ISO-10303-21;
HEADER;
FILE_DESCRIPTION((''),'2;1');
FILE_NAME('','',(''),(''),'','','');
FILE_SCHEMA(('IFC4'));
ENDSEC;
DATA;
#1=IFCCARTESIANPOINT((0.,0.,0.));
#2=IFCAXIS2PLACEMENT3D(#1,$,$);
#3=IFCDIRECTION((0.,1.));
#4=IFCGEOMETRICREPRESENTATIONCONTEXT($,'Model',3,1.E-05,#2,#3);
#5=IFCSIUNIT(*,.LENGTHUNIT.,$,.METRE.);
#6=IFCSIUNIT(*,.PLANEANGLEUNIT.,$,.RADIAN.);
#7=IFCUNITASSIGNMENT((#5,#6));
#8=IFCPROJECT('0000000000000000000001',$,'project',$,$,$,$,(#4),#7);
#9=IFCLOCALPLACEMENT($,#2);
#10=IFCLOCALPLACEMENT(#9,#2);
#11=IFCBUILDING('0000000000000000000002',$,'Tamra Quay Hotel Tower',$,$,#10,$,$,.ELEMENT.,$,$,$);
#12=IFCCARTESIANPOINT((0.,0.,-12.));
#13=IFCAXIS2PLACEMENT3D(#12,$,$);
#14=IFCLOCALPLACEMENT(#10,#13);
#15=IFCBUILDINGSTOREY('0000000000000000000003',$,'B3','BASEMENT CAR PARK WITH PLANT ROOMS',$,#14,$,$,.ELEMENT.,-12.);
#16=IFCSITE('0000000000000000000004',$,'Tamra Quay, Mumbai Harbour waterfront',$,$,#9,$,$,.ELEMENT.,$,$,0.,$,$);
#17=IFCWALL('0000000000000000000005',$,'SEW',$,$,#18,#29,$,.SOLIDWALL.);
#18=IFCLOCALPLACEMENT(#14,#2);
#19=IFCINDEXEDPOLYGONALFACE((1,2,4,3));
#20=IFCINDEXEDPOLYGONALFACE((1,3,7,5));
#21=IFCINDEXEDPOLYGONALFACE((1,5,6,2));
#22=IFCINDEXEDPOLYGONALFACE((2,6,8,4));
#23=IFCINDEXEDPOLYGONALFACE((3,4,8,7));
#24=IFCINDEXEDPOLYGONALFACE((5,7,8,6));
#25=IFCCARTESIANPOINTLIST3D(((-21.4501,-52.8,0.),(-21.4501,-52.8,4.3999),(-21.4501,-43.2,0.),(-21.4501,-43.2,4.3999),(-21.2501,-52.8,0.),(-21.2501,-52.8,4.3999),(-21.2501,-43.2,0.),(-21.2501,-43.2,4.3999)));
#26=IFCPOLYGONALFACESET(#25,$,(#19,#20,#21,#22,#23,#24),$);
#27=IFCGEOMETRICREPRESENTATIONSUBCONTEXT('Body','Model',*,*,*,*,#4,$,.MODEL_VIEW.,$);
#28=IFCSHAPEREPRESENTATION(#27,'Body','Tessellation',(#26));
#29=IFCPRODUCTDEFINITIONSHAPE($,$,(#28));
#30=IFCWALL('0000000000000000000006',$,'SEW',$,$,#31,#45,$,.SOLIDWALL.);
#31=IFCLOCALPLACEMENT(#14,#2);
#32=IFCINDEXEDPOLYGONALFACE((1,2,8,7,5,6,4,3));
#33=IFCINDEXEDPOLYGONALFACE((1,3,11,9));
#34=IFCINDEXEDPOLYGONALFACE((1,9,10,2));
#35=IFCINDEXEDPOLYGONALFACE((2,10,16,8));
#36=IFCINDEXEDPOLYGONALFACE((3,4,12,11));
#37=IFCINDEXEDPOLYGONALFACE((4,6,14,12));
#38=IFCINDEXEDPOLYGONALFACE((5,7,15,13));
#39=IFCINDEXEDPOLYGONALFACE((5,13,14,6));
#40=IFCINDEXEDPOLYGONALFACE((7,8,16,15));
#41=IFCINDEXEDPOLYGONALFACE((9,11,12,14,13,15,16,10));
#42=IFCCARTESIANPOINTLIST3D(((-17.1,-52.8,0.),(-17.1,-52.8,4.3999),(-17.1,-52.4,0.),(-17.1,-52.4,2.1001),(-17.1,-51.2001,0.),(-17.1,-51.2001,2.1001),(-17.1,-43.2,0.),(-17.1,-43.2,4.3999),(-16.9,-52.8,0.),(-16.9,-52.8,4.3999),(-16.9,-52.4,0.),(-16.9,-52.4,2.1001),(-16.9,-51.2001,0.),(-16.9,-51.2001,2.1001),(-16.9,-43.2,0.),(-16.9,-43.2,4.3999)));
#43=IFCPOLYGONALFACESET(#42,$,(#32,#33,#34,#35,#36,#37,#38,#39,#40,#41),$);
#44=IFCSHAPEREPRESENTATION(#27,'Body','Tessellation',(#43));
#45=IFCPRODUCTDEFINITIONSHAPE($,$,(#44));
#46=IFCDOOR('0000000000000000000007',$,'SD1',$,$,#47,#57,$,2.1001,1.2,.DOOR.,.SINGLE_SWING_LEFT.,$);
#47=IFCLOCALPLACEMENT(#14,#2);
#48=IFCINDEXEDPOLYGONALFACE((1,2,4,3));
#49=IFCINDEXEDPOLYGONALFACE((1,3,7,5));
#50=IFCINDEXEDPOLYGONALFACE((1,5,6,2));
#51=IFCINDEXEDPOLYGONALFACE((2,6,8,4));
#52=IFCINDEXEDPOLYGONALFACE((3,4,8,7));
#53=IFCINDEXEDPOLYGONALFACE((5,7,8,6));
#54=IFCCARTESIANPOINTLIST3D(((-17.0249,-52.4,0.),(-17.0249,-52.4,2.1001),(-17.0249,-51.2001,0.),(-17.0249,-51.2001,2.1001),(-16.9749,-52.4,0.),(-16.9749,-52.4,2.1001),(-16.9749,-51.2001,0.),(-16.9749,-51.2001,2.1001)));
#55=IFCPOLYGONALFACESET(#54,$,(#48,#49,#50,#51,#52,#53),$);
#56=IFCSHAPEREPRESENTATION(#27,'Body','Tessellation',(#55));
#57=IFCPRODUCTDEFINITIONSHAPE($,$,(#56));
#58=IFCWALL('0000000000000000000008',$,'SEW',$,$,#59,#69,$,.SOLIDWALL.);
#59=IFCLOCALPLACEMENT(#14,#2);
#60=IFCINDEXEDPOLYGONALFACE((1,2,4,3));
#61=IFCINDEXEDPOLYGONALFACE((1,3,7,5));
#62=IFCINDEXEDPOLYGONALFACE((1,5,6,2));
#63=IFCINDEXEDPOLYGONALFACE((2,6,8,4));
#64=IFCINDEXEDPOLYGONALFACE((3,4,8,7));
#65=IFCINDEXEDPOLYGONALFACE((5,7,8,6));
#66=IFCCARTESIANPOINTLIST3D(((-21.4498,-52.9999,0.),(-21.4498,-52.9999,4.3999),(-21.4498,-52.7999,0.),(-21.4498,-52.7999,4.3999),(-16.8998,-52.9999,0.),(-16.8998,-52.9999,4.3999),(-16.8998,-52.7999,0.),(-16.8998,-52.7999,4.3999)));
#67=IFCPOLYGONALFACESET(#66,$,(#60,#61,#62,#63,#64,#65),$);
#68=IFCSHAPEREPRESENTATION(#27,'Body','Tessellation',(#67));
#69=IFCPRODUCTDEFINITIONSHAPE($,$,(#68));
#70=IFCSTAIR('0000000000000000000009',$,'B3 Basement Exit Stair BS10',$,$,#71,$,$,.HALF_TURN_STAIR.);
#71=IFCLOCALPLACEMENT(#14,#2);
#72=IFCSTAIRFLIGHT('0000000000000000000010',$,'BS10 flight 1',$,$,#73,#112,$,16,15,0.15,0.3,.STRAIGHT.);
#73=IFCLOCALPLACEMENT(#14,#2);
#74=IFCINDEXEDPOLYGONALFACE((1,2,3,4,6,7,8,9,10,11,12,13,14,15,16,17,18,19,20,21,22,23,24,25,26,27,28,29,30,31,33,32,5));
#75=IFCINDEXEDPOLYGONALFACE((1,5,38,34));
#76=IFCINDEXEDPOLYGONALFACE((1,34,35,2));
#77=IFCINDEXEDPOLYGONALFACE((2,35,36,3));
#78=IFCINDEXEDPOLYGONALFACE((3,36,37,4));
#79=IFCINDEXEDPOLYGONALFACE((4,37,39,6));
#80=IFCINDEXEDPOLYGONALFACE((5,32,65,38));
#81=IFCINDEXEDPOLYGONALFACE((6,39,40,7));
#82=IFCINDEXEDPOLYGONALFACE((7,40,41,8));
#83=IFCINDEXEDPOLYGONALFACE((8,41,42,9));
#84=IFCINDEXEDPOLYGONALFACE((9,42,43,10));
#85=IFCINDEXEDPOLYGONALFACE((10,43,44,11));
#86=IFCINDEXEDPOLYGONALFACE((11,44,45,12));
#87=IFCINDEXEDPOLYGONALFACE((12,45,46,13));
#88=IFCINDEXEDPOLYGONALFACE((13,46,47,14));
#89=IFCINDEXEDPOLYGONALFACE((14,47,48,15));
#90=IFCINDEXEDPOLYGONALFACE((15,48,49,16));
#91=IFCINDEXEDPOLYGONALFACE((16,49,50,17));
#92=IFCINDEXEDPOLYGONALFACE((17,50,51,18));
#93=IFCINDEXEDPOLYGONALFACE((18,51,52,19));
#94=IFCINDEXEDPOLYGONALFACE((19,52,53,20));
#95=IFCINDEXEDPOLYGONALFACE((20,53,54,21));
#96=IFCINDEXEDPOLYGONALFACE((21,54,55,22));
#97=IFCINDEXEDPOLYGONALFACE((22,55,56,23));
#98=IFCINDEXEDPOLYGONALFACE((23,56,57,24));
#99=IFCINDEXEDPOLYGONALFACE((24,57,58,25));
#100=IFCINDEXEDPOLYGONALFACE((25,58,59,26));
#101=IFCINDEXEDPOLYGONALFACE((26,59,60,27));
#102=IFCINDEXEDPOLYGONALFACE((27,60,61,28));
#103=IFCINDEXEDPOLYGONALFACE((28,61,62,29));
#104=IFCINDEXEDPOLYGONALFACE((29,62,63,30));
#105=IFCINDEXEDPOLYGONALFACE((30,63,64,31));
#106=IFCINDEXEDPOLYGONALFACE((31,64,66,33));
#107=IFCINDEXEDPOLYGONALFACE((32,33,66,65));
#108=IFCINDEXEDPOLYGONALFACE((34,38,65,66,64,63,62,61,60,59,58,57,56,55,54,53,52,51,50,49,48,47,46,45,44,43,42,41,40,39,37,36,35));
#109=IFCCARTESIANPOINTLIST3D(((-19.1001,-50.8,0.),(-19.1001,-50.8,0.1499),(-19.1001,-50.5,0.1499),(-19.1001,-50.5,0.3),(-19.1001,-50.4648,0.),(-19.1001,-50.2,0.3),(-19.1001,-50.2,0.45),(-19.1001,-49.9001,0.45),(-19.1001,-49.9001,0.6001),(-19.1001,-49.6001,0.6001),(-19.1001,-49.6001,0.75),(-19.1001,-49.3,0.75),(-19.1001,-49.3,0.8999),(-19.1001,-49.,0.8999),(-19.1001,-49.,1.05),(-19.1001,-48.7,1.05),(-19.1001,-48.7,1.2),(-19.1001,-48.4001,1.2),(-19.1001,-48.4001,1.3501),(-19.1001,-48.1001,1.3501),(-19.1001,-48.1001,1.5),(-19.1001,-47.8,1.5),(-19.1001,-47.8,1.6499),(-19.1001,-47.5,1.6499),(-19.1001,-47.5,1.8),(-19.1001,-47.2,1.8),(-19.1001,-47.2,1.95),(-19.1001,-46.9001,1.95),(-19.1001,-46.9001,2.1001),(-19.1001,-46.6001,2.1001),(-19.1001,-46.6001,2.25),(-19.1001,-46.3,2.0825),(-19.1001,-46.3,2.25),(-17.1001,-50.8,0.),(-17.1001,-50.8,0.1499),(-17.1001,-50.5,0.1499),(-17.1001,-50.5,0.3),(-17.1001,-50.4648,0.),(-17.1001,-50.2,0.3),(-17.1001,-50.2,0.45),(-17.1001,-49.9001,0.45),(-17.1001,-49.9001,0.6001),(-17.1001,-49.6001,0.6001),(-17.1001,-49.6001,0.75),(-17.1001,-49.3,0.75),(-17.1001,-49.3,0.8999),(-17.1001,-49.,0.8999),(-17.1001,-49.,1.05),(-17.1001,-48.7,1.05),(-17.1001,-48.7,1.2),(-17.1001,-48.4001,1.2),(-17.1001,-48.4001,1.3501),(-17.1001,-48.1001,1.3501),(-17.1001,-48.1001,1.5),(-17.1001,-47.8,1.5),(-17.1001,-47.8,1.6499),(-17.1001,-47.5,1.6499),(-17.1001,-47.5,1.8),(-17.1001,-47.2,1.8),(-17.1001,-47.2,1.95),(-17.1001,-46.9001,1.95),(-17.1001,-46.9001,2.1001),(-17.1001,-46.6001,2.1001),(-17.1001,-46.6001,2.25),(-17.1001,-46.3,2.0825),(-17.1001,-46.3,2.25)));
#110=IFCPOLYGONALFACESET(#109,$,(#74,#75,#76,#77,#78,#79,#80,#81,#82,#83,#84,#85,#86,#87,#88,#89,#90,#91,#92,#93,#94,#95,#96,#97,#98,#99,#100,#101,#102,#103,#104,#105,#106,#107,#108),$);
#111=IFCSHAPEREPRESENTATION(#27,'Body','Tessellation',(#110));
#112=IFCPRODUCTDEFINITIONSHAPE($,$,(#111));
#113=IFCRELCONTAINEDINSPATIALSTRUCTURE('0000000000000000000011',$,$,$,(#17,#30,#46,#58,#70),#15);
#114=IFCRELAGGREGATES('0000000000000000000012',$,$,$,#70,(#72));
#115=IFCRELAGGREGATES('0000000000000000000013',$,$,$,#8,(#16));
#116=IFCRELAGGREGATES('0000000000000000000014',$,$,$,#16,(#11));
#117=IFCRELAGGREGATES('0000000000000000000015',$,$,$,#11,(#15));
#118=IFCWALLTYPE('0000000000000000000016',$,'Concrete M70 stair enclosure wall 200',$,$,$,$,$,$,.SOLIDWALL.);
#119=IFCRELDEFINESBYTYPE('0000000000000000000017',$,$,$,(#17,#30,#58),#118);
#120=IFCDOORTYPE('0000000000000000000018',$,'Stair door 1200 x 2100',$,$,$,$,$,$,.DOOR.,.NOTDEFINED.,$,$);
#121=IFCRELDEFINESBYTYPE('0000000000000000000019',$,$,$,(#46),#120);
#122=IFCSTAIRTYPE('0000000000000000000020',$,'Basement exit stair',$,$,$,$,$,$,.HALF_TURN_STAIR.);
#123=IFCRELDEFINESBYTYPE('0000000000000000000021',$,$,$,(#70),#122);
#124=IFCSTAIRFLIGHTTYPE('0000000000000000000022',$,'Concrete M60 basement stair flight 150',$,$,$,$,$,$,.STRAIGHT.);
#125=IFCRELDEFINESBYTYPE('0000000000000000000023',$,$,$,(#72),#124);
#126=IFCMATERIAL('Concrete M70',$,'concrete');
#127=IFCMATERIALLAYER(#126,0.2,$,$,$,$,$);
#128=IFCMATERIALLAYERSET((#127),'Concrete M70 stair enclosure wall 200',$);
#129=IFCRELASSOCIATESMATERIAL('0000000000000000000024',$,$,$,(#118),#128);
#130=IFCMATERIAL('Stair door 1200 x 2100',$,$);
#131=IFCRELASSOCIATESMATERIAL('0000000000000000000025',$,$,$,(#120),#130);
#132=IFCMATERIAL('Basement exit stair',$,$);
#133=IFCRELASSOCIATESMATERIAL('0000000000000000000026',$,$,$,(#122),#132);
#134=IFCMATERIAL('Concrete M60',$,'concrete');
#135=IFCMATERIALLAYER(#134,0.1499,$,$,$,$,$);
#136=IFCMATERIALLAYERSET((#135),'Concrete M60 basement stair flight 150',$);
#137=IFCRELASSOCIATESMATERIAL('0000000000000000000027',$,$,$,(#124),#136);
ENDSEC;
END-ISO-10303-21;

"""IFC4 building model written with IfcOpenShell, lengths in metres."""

from ifc_helpers import new_model, si_unit, direction, frame, frame_2d, origin, place, context, subcontext, project, spatial, polyline, rectangle, outline, extrude, material, layer, layer_set, type_object, element, fill, aggregate, save


model = new_model("IFC4")

# Units and contexts
model_context = context("Model", 3, precision=1e-05, world=origin(), true_north=direction((0.0, 1.0)))
body_context = subcontext(model_context, "Body", "Model", "MODEL_VIEW")
ifc_project = project(units=[si_unit("LENGTHUNIT", "METRE"), si_unit("PLANEANGLEUNIT", "RADIAN")], contexts=[model_context])

# Site, building, storey
site_placement = place(None, origin())
site = spatial("IfcSite", under=ifc_project, at=site_placement, Name="Tamra Quay, Mumbai Harbour waterfront", CompositionType="ELEMENT", RefElevation=0.0)
building_placement = place(site_placement, origin())
building = spatial("IfcBuilding", under=site, at=building_placement, Name="Tamra Quay Hotel Tower", CompositionType="ELEMENT")
storey_placement = place(building_placement, frame((0.0, 0.0, -12.0)))
storey = spatial("IfcBuildingStorey", under=building, at=storey_placement, Name="B3", Description="BASEMENT CAR PARK WITH PLANT ROOMS", CompositionType="ELEMENT", Elevation=-12.0)

# Shared definitions
ifc_material_1 = material(Name="Concrete M70", Category="concrete")

# Wall
ifc_layer_1 = layer(ifc_material_1, 0.2)
ifc_layer_set_1 = layer_set([ifc_layer_1], Name="Concrete M70 stair enclosure wall 200")
wall_type_1 = type_object("IfcWallType", Name="Concrete M70 stair enclosure wall 200", PredefinedType="SOLIDWALL", material=ifc_layer_set_1)
wall_1_placement = place(storey_placement, frame((-21.3501, -52.8, 0.0), z_axis=(0.0, 0.0, 1.0), x_axis=(0.0, 1.0, 0.0)))
element("IfcWall", 1, at=wall_1_placement, inside=storey, type_object=wall_type_1, Name="SEW", PredefinedType="SOLIDWALL", context=body_context, shape_type="SweptSolid", body=[
    extrude(rectangle(XDim=9.6001, YDim=0.2, at=frame_2d((4.8, 0.0))), origin(), (0.0, 0.0, 1.0), 4.3999),
])

# Wall, opening, door
wall_2_placement = place(storey_placement, frame((-17.0, -52.8, 0.0), z_axis=(0.0, 0.0, 1.0), x_axis=(0.0, 1.0, 0.0)))
wall_2 = element("IfcWall", 2, at=wall_2_placement, inside=storey, type_object=wall_type_1, Name="SEW", PredefinedType="SOLIDWALL", context=body_context, shape_type="SweptSolid", body=[
    extrude(rectangle(XDim=9.6001, YDim=0.2, at=frame_2d((4.8, 0.0))), origin(), (0.0, 0.0, 1.0), 4.3999),
])
opening_1_placement = place(wall_2_placement, frame((0.3999, 0.0, 0.0)))
opening_1 = element("IfcOpeningElement", 3, at=opening_1_placement, cuts=wall_2, PredefinedType="OPENING", context=body_context, shape_type="SweptSolid", body=[
    extrude(rectangle(XDim=1.2, YDim=2.1001, at=frame_2d((0.6001, 1.05))), frame((0.0, 0.1099, 0.0), z_axis=(0.0, -1.0, 0.0), x_axis=(1.0, 0.0, 0.0)), (0.0, 0.0, 1.0), 0.22),
])
ifc_material_2 = material(Name="Stair door 1200 x 2100")
door_type_1 = type_object("IfcDoorType", Name="Stair door 1200 x 2100", OperationType="NOTDEFINED", PredefinedType="DOOR", material=ifc_material_2)
door_1_placement = place(opening_1_placement, origin())
door_1 = element("IfcDoor", 4, at=door_1_placement, inside=storey, type_object=door_type_1, Name="SD1", OperationType="SINGLE_SWING_LEFT", OverallHeight=2.1001, OverallWidth=1.2, PredefinedType="DOOR", context=body_context, shape_type="SweptSolid", body=[
    extrude(rectangle(XDim=1.2, YDim=2.1001, at=frame_2d((0.6001, 1.05))), frame((0.0, 0.0249, 0.0), z_axis=(0.0, -1.0, 0.0), x_axis=(1.0, 0.0, 0.0)), (0.0, 0.0, 1.0), 0.05),
])
fill(opening_1, door_1)

# Wall
wall_3_placement = place(storey_placement, frame((-16.8999, -52.8999, 0.0), z_axis=(0.0, 0.0, 1.0), x_axis=(-1.0, 0.0, 0.0)))
element("IfcWall", 5, at=wall_3_placement, inside=storey, type_object=wall_type_1, Name="SEW", PredefinedType="SOLIDWALL", context=body_context, shape_type="SweptSolid", body=[
    extrude(rectangle(XDim=4.55, YDim=0.2, at=frame_2d((2.2749, 0.0))), origin(), (0.0, 0.0, 1.0), 4.3999),
])

# Stair, stair flight
ifc_material_3 = material(Name="Basement exit stair")
stair_type = type_object("IfcStairType", Name="Basement exit stair", PredefinedType="HALF_TURN_STAIR", material=ifc_material_3)
stair_placement = place(storey_placement, origin())
stair = element("IfcStair", 6, at=stair_placement, inside=storey, type_object=stair_type, Name="B3 Basement Exit Stair BS10", PredefinedType="HALF_TURN_STAIR")
ifc_material_4 = material(Name="Concrete M60", Category="concrete")
ifc_layer_2 = layer(ifc_material_4, 0.1499)
ifc_layer_set_2 = layer_set([ifc_layer_2], Name="Concrete M60 basement stair flight 150")
stair_flight_type = type_object("IfcStairFlightType", Name="Concrete M60 basement stair flight 150", PredefinedType="STRAIGHT", material=ifc_layer_set_2)
stair_flight_placement = place(storey_placement, frame((-18.1001, -50.8, 0.0), z_axis=(0.0, 0.0, 1.0), x_axis=(0.0, 1.0, 0.0)))
stair_flight = element("IfcStairFlight", 7, at=stair_flight_placement, type_object=stair_flight_type, Name="BS10 flight 1", NumberOfRisers=16, NumberOfTreads=15, PredefinedType="STRAIGHT", RiserHeight=0.15, TreadLength=0.3, context=body_context, shape_type="SweptSolid", body=[
    extrude(outline(polyline([(0.0, 0.0), (0.0, 0.1499), (0.3, 0.1499), (0.3, 0.3), (0.6001, 0.3), (0.6001, 0.45), (0.8999, 0.45), (0.8999, 0.6001), (1.2, 0.6001), (1.2, 0.75), (1.5, 0.75), (1.5, 0.8999), (1.8, 0.8999), (1.8, 1.05), (2.1001, 1.05), (2.1001, 1.2), (2.3999, 1.2), (2.3999, 1.3501), (2.7, 1.3501), (2.7, 1.5), (3.0, 1.5), (3.0, 1.6499), (3.3, 1.6499), (3.3, 1.8), (3.6001, 1.8), (3.6001, 1.95), (3.8999, 1.95), (3.8999, 2.1001), (4.2, 2.1001), (4.2, 2.25), (4.5, 2.25), (4.5, 2.3999), (4.5, 2.0825), (0.3352, 0.0), (0.0, 0.0)])), frame((0.0, 1.0, 0.0), z_axis=(0.0, -1.0, 0.0), x_axis=(1.0, 0.0, 0.0)), (0.0, 0.0, 1.0), 2.0),
])
aggregate(stair, [stair_flight])

save(model, "model.ifc")
